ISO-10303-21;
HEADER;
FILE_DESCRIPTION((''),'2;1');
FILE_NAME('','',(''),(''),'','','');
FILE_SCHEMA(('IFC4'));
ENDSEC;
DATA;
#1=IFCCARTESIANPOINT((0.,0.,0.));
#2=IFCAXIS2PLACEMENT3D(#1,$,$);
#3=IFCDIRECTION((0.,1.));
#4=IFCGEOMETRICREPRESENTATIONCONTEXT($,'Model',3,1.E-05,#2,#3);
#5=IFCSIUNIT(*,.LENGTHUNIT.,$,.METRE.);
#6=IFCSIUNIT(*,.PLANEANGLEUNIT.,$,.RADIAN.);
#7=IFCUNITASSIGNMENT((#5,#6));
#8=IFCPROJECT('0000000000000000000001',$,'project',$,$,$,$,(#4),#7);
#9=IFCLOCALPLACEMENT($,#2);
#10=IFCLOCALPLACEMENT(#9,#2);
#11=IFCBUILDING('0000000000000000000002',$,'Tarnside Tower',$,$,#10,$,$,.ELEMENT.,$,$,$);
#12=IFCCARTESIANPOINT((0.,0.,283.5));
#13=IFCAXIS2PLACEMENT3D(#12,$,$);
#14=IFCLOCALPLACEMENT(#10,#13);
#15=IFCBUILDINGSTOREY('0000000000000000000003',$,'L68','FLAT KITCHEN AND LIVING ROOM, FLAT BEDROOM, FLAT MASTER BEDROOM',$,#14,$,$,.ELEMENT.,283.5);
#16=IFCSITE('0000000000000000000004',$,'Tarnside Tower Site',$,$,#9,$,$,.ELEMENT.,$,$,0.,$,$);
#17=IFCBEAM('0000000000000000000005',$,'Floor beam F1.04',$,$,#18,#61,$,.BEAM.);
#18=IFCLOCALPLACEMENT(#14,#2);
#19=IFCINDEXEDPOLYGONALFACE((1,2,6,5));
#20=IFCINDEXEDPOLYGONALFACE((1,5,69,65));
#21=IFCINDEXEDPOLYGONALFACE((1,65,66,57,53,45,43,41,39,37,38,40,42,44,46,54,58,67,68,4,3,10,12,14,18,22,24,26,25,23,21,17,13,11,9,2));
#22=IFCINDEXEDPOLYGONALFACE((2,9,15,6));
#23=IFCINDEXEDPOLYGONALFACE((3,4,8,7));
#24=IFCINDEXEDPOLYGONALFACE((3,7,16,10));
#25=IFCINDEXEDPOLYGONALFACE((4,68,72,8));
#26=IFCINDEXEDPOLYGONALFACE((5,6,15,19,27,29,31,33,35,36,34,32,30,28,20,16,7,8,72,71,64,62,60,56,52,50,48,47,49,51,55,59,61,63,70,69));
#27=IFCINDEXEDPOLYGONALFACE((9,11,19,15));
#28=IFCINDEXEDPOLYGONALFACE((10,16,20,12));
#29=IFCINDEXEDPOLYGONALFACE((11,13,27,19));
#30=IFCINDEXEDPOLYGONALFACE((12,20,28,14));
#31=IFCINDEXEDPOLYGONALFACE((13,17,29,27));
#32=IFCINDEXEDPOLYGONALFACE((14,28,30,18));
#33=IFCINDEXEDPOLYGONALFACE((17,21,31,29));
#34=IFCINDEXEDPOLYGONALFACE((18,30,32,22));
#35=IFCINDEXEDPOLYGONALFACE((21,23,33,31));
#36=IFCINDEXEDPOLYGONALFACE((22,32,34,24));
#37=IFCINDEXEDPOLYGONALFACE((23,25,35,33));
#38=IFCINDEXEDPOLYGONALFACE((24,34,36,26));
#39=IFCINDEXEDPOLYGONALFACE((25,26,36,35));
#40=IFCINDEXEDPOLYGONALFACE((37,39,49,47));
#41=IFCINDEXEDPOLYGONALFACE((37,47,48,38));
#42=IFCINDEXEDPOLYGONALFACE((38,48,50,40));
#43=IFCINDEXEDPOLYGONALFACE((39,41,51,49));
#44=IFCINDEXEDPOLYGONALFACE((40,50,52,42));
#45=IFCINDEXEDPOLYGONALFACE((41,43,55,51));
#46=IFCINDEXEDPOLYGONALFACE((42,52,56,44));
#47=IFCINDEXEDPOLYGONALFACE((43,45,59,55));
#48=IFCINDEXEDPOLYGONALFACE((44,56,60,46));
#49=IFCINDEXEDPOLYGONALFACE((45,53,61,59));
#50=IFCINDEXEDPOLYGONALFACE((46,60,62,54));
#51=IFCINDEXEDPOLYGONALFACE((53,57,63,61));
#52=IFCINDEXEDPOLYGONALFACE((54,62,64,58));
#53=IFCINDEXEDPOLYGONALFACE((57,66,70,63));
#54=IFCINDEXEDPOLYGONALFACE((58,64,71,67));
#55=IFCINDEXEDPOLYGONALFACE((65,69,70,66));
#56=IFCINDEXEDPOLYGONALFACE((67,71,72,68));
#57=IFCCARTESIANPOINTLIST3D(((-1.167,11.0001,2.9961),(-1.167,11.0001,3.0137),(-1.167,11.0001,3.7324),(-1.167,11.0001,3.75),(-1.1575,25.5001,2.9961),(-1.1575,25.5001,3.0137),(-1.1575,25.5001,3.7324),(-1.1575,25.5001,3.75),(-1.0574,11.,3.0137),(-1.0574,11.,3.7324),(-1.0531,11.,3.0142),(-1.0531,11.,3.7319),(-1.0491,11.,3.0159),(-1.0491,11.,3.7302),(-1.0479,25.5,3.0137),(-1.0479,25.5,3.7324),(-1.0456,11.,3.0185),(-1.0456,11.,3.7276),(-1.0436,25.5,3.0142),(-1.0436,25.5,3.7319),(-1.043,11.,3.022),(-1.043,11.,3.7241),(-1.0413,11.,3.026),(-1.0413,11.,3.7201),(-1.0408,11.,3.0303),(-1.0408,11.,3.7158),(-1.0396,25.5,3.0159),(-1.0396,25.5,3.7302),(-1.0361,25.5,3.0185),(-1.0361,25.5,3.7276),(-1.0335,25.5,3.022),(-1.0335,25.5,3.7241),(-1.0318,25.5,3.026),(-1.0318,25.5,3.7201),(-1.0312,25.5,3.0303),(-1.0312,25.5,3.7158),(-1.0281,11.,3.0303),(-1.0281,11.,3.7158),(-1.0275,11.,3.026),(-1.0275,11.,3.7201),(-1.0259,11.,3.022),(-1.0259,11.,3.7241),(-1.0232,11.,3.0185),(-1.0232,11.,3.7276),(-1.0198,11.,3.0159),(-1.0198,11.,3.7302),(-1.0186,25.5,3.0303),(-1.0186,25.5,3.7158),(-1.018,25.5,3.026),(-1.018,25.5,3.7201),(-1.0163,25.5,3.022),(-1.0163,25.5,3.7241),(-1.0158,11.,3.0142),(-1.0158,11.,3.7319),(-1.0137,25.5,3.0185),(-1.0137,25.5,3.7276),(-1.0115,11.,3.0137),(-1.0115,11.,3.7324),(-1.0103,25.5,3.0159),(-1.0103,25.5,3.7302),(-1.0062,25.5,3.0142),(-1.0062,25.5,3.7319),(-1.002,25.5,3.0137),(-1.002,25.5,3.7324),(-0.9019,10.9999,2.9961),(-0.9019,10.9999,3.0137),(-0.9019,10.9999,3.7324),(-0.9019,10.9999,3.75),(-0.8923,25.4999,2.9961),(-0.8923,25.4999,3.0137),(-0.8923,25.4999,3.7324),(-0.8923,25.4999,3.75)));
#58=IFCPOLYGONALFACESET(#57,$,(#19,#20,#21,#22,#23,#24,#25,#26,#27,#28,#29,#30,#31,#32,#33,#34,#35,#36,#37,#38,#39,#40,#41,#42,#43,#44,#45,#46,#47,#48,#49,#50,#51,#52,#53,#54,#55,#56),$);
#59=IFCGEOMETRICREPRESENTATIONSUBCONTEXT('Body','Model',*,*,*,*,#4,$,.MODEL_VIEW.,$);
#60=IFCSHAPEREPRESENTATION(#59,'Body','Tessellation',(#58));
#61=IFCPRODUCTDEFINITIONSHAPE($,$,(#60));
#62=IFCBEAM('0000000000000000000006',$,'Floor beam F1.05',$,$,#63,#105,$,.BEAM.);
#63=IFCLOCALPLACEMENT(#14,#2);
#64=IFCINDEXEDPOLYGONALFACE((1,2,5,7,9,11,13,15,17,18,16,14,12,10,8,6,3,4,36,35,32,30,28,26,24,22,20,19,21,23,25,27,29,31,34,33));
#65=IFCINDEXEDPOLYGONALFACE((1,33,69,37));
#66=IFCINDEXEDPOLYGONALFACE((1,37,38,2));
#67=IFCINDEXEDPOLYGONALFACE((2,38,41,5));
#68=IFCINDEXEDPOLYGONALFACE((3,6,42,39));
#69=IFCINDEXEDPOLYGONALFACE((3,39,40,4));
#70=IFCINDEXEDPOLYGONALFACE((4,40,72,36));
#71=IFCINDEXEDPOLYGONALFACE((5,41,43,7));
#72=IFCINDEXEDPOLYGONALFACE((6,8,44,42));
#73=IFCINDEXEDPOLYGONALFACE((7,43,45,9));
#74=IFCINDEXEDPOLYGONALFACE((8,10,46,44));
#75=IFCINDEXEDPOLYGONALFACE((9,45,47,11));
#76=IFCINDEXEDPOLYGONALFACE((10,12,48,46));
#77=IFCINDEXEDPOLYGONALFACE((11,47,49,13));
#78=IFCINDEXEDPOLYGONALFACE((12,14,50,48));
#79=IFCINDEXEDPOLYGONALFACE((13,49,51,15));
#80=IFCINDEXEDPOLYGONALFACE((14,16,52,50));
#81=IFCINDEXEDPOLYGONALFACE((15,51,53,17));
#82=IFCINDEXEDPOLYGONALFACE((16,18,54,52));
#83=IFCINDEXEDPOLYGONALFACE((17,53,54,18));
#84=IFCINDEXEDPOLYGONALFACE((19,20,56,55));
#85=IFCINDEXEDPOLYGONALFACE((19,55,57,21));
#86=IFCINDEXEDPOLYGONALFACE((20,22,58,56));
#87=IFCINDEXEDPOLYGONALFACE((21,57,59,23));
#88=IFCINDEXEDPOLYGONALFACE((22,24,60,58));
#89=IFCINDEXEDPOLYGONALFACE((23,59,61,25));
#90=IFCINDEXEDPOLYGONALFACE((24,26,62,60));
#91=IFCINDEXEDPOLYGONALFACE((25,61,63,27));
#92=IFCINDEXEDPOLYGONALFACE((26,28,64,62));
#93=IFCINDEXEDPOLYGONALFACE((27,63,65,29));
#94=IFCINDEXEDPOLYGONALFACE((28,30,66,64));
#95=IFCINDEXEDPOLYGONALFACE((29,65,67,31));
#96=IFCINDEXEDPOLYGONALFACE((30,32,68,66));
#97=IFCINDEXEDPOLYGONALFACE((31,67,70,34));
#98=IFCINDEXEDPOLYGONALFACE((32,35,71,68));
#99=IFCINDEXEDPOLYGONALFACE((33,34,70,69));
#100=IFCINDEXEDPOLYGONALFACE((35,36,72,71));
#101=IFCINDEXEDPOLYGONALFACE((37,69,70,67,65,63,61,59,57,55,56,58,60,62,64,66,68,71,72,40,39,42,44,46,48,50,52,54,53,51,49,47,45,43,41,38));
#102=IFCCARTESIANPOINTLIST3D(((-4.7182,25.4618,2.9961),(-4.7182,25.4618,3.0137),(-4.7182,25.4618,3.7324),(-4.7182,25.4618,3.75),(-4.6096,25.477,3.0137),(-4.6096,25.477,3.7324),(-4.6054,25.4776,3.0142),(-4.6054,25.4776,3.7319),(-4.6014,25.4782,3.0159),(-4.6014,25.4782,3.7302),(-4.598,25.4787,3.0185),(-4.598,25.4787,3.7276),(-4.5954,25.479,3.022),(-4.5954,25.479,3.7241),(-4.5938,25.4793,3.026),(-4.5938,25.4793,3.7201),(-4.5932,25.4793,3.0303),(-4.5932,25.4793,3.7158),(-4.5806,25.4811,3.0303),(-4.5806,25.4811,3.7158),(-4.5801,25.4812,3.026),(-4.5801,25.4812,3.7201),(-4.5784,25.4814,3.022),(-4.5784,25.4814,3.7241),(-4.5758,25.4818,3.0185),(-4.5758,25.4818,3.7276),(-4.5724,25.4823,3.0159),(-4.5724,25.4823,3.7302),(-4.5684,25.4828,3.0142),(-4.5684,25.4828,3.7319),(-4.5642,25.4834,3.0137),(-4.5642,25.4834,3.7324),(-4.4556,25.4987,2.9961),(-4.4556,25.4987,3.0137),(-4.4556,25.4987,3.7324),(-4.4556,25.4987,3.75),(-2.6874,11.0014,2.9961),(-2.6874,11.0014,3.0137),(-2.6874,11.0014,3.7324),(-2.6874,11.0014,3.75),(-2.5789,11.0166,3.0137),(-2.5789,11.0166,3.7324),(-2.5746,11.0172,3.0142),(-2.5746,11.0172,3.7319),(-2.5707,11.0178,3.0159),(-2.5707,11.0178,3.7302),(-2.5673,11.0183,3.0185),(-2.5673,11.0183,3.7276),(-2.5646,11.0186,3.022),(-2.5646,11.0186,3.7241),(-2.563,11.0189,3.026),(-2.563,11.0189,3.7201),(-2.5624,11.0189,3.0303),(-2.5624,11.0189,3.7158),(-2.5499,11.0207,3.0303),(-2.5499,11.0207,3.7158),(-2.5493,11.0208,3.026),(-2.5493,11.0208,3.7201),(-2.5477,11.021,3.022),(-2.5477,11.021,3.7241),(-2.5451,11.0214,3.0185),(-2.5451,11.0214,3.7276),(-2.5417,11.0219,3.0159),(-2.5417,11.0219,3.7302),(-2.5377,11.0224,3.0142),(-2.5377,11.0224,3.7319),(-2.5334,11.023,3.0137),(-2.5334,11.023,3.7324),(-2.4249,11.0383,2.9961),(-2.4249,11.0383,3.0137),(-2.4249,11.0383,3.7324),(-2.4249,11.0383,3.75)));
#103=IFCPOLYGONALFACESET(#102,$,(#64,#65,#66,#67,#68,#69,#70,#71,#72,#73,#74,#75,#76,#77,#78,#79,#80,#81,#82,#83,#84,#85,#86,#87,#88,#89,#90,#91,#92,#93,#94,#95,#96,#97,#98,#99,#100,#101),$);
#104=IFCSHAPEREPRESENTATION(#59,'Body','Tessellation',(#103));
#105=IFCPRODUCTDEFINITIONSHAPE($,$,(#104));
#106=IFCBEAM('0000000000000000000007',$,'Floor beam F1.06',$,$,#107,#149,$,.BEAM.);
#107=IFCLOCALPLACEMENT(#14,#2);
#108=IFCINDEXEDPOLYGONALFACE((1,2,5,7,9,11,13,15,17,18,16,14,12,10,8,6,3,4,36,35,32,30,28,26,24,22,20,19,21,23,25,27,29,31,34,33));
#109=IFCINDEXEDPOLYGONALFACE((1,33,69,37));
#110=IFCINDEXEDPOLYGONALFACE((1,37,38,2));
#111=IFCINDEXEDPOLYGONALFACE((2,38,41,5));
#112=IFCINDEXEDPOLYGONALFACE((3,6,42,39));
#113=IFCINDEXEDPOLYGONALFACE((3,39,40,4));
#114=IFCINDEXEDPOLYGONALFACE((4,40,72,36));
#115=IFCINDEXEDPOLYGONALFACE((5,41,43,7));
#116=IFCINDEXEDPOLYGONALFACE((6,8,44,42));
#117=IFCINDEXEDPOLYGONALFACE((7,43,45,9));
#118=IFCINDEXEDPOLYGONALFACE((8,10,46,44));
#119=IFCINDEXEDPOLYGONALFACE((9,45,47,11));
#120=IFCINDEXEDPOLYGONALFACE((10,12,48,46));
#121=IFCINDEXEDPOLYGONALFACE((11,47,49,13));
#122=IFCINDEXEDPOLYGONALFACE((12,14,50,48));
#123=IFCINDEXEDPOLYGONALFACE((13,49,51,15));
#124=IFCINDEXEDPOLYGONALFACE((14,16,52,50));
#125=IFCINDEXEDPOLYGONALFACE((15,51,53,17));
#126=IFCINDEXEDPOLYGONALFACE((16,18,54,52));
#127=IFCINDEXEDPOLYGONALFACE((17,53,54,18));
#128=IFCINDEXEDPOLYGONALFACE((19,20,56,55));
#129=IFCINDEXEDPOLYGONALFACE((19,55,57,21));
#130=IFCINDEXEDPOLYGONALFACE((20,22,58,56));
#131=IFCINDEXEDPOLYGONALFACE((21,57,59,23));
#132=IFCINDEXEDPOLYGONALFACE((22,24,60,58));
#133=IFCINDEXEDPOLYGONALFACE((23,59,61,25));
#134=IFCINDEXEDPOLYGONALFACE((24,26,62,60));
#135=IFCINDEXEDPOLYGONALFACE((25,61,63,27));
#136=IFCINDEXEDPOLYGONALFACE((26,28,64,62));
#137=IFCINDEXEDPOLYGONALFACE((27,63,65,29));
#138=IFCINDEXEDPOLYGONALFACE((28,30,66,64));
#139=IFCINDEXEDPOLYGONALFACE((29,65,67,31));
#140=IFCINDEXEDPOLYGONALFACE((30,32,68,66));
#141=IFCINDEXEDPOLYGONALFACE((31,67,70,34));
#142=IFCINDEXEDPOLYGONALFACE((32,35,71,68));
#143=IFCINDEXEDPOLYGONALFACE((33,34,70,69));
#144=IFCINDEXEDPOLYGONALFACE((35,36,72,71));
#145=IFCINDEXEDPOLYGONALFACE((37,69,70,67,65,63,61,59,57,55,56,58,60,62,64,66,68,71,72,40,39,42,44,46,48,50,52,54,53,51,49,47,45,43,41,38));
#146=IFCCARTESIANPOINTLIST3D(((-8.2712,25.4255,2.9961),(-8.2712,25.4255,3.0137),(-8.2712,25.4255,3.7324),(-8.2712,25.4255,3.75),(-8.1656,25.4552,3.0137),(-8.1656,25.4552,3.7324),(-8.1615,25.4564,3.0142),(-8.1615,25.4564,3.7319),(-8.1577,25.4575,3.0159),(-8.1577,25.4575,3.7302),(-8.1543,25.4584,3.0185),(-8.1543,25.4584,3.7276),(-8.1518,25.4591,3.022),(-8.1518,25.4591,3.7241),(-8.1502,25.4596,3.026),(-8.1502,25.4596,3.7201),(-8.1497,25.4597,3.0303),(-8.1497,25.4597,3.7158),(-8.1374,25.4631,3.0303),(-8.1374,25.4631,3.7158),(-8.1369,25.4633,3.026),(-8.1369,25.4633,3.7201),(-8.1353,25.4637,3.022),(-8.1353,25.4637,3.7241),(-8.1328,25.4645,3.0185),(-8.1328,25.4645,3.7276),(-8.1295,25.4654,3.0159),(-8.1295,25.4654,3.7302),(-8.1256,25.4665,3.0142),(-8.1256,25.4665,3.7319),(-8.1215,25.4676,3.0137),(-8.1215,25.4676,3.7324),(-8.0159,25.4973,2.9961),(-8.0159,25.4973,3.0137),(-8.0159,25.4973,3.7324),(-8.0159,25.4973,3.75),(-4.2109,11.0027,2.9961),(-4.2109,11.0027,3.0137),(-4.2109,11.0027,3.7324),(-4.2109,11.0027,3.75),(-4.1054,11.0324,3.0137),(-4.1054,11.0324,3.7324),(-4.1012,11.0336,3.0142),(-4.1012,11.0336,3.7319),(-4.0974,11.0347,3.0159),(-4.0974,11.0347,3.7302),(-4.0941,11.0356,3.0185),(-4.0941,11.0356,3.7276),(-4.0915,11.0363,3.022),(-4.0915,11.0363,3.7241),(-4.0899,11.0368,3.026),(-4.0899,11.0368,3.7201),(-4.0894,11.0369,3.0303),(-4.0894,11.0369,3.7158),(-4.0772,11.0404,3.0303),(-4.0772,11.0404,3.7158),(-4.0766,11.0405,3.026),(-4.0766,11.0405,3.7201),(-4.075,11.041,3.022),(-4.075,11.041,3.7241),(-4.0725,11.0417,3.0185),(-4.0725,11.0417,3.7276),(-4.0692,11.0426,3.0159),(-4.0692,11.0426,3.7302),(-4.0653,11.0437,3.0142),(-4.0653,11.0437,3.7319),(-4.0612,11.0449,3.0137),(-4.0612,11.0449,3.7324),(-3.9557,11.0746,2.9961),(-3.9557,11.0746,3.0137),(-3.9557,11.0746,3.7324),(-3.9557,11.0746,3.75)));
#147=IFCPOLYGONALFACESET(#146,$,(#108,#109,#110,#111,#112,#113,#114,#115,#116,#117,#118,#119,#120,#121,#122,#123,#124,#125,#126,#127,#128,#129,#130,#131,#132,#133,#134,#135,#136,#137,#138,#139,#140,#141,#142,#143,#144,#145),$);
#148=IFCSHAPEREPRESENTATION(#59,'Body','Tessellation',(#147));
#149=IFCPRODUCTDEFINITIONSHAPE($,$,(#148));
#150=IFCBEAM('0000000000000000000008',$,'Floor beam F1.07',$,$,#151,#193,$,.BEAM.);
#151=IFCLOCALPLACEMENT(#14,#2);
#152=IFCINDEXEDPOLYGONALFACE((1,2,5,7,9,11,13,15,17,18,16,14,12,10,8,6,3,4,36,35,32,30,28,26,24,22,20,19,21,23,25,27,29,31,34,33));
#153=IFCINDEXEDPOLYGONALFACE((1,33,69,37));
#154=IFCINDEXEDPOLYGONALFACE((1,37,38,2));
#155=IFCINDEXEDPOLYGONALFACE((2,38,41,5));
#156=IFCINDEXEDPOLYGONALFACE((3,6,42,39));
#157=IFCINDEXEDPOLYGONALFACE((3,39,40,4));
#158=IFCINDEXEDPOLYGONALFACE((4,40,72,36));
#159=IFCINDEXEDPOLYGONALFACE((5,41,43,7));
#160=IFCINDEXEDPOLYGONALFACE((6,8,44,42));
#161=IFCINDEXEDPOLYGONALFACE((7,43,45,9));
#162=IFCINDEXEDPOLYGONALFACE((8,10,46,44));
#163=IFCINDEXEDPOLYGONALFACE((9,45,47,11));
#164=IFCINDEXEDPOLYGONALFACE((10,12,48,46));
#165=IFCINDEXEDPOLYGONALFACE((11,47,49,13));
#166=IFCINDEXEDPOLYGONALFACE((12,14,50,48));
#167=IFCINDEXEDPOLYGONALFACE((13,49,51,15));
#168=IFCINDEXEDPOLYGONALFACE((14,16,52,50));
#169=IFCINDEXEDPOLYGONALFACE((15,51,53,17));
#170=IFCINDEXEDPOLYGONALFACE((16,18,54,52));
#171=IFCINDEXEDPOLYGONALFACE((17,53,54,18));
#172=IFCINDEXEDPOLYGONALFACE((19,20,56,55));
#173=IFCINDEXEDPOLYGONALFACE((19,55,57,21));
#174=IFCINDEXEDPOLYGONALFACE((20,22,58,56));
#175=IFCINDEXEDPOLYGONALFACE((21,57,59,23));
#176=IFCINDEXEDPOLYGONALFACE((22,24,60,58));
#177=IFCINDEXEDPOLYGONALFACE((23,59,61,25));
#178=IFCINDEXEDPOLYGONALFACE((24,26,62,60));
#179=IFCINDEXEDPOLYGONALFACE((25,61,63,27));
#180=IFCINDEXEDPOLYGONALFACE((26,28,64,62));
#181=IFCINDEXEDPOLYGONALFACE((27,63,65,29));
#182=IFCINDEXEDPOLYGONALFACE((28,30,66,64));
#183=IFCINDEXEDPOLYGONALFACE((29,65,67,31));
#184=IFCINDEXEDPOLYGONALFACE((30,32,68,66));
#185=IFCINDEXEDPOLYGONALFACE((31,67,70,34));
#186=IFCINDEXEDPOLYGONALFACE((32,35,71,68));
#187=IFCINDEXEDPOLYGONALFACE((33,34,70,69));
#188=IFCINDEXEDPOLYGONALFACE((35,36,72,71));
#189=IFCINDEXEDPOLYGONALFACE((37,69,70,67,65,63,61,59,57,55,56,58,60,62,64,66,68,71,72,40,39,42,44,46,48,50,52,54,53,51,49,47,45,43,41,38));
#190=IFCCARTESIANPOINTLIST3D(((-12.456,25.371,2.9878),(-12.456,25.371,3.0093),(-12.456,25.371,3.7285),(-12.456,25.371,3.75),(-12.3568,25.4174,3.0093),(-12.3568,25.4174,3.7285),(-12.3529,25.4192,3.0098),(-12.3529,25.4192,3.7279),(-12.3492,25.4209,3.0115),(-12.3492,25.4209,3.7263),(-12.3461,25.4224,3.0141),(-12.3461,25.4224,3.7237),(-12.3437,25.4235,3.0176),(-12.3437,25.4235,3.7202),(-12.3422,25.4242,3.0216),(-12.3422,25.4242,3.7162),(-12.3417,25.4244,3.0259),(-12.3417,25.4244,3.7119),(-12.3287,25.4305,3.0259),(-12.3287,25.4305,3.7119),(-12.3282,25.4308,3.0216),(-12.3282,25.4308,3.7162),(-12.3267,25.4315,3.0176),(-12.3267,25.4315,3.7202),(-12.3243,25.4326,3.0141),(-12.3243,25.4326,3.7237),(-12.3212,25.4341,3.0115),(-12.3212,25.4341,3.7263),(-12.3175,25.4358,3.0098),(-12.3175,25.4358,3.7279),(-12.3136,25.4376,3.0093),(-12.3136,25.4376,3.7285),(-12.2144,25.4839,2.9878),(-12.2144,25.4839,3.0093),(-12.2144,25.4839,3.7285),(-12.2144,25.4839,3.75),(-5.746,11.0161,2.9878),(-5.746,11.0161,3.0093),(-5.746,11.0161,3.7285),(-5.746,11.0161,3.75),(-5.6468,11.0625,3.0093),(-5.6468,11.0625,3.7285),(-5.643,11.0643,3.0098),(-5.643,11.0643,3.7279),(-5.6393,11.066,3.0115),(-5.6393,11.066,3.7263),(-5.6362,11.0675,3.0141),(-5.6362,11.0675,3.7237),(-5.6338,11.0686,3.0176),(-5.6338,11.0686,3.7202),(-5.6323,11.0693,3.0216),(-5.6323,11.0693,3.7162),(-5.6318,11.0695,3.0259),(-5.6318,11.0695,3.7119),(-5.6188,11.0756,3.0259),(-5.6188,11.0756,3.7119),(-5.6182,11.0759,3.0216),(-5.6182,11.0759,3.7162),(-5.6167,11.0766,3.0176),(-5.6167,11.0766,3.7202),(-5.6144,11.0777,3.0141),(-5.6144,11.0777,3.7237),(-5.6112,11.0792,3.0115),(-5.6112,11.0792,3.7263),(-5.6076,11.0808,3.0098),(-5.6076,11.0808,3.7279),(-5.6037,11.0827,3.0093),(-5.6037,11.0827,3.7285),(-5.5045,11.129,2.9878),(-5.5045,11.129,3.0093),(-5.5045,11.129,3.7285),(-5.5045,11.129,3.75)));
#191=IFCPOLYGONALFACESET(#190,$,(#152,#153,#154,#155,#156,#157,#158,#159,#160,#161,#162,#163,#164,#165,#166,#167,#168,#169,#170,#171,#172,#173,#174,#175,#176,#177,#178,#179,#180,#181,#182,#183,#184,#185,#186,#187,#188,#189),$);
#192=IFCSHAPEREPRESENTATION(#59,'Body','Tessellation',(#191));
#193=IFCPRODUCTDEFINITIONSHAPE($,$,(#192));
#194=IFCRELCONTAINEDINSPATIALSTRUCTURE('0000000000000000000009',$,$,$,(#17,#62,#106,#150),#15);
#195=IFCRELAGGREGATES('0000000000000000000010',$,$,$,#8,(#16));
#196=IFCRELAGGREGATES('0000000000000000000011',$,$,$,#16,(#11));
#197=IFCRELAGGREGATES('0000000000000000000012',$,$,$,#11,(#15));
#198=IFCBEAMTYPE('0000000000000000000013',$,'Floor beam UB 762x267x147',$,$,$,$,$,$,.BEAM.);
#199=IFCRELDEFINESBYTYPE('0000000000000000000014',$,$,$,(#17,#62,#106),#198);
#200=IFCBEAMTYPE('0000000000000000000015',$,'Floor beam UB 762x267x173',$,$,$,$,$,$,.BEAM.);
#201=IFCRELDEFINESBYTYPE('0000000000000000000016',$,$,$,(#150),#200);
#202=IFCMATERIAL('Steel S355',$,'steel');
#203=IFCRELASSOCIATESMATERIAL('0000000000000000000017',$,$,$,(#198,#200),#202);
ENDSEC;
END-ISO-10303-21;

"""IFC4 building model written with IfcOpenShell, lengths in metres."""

from ifc_helpers import new_model, si_unit, direction, frame, origin, origin_2d, place, context, subcontext, project, spatial, i_section, extrude, material, material_profile, profile_set, type_object, element, save


model = new_model("IFC4")

# Units and contexts
model_context = context("Model", 3, precision=1e-05, world=origin(), true_north=direction((0.0, 1.0)))
body_context = subcontext(model_context, "Body", "Model", "MODEL_VIEW")
ifc_project = project(units=[si_unit("LENGTHUNIT", "METRE"), si_unit("PLANEANGLEUNIT", "RADIAN")], contexts=[model_context])

# Site, building, storey
site_placement = place(None, origin())
site = spatial("IfcSite", under=ifc_project, at=site_placement, Name="Tarnside Tower Site", CompositionType="ELEMENT", RefElevation=0.0)
building_placement = place(site_placement, origin())
building = spatial("IfcBuilding", under=site, at=building_placement, Name="Tarnside Tower", CompositionType="ELEMENT")
storey_placement = place(building_placement, frame((0.0, 0.0, 283.5)))
storey = spatial("IfcBuildingStorey", under=building, at=storey_placement, Name="L68", Description="FLAT KITCHEN AND LIVING ROOM, FLAT BEDROOM, FLAT MASTER BEDROOM", CompositionType="ELEMENT", Elevation=283.5)

# Beams
ifc_material_1 = material(Name="Steel S355", Category="steel")
ifc_material_profile_1 = material_profile(ifc_material_1, i_section(OverallWidth=0.2651, OverallDepth=0.7539, WebThickness=0.0127, FlangeThickness=0.0176, FilletRadius=0.0166, at=origin_2d()), Name="UB 762x267x147")
ifc_profile_set_1 = profile_set([ifc_material_profile_1], Name="Steel S355")
beam_type_1 = type_object("IfcBeamType", Name="Floor beam UB 762x267x147", PredefinedType="BEAM", material=ifc_profile_set_1)
beam_1_placement = place(storey_placement, frame((-1.0249, 25.5, 3.373), z_axis=(-0.000657, -1.0, 0.0), x_axis=(1.0, -0.000657, 0.0)))
element("IfcBeam", 1, at=beam_1_placement, inside=storey, type_object=beam_type_1, Name="Floor beam F1.04", PredefinedType="BEAM", context=body_context, shape_type="SweptSolid", body=[
    extrude(i_section(OverallWidth=0.2651, OverallDepth=0.7539, WebThickness=0.0127, FlangeThickness=0.0176, FilletRadius=0.0166, at=origin_2d()), origin(), (0.0, 0.0, 1.0), 14.5),
])
beam_2_placement = place(storey_placement, frame((-4.5869, 25.4802, 3.373), z_axis=(0.139071, -0.990282, 0.0), x_axis=(0.990282, 0.139071, 0.0)))
element("IfcBeam", 2, at=beam_2_placement, inside=storey, type_object=beam_type_1, Name="Floor beam F1.05", PredefinedType="BEAM", context=body_context, shape_type="SweptSolid", body=[
    extrude(i_section(OverallWidth=0.2651, OverallDepth=0.7539, WebThickness=0.0127, FlangeThickness=0.0176, FilletRadius=0.0166, at=origin_2d()), origin(), (0.0, 0.0, 1.0), 14.6023),
])
beam_3_placement = place(storey_placement, frame((-8.1436, 25.4614, 3.373), z_axis=(0.270985, -0.962583, 0.0), x_axis=(0.962583, 0.270985, 0.0)))
element("IfcBeam", 3, at=beam_3_placement, inside=storey, type_object=beam_type_1, Name="Floor beam F1.06", PredefinedType="BEAM", context=body_context, shape_type="SweptSolid", body=[
    extrude(i_section(OverallWidth=0.2651, OverallDepth=0.7539, WebThickness=0.0127, FlangeThickness=0.0176, FilletRadius=0.0166, at=origin_2d()), origin(), (0.0, 0.0, 1.0), 14.9834),
])
ifc_material_profile_2 = material_profile(ifc_material_1, i_section(OverallWidth=0.2666, OverallDepth=0.7622, WebThickness=0.0144, FlangeThickness=0.0215, FilletRadius=0.0166, at=origin_2d()), Name="UB 762x267x173")
ifc_profile_set_2 = profile_set([ifc_material_profile_2], Name="Steel S355")
beam_type_2 = type_object("IfcBeamType", Name="Floor beam UB 762x267x173", PredefinedType="BEAM", material=ifc_profile_set_2)
beam_4_placement = place(storey_placement, frame((-12.3352, 25.4275, 3.3689), z_axis=(0.423454, -0.905918, 0.0), x_axis=(0.905918, 0.423454, 0.0)))
element("IfcBeam", 4, at=beam_4_placement, inside=storey, type_object=beam_type_2, Name="Floor beam F1.07", PredefinedType="BEAM", context=body_context, shape_type="SweptSolid", body=[
    extrude(i_section(OverallWidth=0.2666, OverallDepth=0.7622, WebThickness=0.0144, FlangeThickness=0.0215, FilletRadius=0.0166, at=origin_2d()), origin(), (0.0, 0.0, 1.0), 15.8457),
])

save(model, "model.ifc")
